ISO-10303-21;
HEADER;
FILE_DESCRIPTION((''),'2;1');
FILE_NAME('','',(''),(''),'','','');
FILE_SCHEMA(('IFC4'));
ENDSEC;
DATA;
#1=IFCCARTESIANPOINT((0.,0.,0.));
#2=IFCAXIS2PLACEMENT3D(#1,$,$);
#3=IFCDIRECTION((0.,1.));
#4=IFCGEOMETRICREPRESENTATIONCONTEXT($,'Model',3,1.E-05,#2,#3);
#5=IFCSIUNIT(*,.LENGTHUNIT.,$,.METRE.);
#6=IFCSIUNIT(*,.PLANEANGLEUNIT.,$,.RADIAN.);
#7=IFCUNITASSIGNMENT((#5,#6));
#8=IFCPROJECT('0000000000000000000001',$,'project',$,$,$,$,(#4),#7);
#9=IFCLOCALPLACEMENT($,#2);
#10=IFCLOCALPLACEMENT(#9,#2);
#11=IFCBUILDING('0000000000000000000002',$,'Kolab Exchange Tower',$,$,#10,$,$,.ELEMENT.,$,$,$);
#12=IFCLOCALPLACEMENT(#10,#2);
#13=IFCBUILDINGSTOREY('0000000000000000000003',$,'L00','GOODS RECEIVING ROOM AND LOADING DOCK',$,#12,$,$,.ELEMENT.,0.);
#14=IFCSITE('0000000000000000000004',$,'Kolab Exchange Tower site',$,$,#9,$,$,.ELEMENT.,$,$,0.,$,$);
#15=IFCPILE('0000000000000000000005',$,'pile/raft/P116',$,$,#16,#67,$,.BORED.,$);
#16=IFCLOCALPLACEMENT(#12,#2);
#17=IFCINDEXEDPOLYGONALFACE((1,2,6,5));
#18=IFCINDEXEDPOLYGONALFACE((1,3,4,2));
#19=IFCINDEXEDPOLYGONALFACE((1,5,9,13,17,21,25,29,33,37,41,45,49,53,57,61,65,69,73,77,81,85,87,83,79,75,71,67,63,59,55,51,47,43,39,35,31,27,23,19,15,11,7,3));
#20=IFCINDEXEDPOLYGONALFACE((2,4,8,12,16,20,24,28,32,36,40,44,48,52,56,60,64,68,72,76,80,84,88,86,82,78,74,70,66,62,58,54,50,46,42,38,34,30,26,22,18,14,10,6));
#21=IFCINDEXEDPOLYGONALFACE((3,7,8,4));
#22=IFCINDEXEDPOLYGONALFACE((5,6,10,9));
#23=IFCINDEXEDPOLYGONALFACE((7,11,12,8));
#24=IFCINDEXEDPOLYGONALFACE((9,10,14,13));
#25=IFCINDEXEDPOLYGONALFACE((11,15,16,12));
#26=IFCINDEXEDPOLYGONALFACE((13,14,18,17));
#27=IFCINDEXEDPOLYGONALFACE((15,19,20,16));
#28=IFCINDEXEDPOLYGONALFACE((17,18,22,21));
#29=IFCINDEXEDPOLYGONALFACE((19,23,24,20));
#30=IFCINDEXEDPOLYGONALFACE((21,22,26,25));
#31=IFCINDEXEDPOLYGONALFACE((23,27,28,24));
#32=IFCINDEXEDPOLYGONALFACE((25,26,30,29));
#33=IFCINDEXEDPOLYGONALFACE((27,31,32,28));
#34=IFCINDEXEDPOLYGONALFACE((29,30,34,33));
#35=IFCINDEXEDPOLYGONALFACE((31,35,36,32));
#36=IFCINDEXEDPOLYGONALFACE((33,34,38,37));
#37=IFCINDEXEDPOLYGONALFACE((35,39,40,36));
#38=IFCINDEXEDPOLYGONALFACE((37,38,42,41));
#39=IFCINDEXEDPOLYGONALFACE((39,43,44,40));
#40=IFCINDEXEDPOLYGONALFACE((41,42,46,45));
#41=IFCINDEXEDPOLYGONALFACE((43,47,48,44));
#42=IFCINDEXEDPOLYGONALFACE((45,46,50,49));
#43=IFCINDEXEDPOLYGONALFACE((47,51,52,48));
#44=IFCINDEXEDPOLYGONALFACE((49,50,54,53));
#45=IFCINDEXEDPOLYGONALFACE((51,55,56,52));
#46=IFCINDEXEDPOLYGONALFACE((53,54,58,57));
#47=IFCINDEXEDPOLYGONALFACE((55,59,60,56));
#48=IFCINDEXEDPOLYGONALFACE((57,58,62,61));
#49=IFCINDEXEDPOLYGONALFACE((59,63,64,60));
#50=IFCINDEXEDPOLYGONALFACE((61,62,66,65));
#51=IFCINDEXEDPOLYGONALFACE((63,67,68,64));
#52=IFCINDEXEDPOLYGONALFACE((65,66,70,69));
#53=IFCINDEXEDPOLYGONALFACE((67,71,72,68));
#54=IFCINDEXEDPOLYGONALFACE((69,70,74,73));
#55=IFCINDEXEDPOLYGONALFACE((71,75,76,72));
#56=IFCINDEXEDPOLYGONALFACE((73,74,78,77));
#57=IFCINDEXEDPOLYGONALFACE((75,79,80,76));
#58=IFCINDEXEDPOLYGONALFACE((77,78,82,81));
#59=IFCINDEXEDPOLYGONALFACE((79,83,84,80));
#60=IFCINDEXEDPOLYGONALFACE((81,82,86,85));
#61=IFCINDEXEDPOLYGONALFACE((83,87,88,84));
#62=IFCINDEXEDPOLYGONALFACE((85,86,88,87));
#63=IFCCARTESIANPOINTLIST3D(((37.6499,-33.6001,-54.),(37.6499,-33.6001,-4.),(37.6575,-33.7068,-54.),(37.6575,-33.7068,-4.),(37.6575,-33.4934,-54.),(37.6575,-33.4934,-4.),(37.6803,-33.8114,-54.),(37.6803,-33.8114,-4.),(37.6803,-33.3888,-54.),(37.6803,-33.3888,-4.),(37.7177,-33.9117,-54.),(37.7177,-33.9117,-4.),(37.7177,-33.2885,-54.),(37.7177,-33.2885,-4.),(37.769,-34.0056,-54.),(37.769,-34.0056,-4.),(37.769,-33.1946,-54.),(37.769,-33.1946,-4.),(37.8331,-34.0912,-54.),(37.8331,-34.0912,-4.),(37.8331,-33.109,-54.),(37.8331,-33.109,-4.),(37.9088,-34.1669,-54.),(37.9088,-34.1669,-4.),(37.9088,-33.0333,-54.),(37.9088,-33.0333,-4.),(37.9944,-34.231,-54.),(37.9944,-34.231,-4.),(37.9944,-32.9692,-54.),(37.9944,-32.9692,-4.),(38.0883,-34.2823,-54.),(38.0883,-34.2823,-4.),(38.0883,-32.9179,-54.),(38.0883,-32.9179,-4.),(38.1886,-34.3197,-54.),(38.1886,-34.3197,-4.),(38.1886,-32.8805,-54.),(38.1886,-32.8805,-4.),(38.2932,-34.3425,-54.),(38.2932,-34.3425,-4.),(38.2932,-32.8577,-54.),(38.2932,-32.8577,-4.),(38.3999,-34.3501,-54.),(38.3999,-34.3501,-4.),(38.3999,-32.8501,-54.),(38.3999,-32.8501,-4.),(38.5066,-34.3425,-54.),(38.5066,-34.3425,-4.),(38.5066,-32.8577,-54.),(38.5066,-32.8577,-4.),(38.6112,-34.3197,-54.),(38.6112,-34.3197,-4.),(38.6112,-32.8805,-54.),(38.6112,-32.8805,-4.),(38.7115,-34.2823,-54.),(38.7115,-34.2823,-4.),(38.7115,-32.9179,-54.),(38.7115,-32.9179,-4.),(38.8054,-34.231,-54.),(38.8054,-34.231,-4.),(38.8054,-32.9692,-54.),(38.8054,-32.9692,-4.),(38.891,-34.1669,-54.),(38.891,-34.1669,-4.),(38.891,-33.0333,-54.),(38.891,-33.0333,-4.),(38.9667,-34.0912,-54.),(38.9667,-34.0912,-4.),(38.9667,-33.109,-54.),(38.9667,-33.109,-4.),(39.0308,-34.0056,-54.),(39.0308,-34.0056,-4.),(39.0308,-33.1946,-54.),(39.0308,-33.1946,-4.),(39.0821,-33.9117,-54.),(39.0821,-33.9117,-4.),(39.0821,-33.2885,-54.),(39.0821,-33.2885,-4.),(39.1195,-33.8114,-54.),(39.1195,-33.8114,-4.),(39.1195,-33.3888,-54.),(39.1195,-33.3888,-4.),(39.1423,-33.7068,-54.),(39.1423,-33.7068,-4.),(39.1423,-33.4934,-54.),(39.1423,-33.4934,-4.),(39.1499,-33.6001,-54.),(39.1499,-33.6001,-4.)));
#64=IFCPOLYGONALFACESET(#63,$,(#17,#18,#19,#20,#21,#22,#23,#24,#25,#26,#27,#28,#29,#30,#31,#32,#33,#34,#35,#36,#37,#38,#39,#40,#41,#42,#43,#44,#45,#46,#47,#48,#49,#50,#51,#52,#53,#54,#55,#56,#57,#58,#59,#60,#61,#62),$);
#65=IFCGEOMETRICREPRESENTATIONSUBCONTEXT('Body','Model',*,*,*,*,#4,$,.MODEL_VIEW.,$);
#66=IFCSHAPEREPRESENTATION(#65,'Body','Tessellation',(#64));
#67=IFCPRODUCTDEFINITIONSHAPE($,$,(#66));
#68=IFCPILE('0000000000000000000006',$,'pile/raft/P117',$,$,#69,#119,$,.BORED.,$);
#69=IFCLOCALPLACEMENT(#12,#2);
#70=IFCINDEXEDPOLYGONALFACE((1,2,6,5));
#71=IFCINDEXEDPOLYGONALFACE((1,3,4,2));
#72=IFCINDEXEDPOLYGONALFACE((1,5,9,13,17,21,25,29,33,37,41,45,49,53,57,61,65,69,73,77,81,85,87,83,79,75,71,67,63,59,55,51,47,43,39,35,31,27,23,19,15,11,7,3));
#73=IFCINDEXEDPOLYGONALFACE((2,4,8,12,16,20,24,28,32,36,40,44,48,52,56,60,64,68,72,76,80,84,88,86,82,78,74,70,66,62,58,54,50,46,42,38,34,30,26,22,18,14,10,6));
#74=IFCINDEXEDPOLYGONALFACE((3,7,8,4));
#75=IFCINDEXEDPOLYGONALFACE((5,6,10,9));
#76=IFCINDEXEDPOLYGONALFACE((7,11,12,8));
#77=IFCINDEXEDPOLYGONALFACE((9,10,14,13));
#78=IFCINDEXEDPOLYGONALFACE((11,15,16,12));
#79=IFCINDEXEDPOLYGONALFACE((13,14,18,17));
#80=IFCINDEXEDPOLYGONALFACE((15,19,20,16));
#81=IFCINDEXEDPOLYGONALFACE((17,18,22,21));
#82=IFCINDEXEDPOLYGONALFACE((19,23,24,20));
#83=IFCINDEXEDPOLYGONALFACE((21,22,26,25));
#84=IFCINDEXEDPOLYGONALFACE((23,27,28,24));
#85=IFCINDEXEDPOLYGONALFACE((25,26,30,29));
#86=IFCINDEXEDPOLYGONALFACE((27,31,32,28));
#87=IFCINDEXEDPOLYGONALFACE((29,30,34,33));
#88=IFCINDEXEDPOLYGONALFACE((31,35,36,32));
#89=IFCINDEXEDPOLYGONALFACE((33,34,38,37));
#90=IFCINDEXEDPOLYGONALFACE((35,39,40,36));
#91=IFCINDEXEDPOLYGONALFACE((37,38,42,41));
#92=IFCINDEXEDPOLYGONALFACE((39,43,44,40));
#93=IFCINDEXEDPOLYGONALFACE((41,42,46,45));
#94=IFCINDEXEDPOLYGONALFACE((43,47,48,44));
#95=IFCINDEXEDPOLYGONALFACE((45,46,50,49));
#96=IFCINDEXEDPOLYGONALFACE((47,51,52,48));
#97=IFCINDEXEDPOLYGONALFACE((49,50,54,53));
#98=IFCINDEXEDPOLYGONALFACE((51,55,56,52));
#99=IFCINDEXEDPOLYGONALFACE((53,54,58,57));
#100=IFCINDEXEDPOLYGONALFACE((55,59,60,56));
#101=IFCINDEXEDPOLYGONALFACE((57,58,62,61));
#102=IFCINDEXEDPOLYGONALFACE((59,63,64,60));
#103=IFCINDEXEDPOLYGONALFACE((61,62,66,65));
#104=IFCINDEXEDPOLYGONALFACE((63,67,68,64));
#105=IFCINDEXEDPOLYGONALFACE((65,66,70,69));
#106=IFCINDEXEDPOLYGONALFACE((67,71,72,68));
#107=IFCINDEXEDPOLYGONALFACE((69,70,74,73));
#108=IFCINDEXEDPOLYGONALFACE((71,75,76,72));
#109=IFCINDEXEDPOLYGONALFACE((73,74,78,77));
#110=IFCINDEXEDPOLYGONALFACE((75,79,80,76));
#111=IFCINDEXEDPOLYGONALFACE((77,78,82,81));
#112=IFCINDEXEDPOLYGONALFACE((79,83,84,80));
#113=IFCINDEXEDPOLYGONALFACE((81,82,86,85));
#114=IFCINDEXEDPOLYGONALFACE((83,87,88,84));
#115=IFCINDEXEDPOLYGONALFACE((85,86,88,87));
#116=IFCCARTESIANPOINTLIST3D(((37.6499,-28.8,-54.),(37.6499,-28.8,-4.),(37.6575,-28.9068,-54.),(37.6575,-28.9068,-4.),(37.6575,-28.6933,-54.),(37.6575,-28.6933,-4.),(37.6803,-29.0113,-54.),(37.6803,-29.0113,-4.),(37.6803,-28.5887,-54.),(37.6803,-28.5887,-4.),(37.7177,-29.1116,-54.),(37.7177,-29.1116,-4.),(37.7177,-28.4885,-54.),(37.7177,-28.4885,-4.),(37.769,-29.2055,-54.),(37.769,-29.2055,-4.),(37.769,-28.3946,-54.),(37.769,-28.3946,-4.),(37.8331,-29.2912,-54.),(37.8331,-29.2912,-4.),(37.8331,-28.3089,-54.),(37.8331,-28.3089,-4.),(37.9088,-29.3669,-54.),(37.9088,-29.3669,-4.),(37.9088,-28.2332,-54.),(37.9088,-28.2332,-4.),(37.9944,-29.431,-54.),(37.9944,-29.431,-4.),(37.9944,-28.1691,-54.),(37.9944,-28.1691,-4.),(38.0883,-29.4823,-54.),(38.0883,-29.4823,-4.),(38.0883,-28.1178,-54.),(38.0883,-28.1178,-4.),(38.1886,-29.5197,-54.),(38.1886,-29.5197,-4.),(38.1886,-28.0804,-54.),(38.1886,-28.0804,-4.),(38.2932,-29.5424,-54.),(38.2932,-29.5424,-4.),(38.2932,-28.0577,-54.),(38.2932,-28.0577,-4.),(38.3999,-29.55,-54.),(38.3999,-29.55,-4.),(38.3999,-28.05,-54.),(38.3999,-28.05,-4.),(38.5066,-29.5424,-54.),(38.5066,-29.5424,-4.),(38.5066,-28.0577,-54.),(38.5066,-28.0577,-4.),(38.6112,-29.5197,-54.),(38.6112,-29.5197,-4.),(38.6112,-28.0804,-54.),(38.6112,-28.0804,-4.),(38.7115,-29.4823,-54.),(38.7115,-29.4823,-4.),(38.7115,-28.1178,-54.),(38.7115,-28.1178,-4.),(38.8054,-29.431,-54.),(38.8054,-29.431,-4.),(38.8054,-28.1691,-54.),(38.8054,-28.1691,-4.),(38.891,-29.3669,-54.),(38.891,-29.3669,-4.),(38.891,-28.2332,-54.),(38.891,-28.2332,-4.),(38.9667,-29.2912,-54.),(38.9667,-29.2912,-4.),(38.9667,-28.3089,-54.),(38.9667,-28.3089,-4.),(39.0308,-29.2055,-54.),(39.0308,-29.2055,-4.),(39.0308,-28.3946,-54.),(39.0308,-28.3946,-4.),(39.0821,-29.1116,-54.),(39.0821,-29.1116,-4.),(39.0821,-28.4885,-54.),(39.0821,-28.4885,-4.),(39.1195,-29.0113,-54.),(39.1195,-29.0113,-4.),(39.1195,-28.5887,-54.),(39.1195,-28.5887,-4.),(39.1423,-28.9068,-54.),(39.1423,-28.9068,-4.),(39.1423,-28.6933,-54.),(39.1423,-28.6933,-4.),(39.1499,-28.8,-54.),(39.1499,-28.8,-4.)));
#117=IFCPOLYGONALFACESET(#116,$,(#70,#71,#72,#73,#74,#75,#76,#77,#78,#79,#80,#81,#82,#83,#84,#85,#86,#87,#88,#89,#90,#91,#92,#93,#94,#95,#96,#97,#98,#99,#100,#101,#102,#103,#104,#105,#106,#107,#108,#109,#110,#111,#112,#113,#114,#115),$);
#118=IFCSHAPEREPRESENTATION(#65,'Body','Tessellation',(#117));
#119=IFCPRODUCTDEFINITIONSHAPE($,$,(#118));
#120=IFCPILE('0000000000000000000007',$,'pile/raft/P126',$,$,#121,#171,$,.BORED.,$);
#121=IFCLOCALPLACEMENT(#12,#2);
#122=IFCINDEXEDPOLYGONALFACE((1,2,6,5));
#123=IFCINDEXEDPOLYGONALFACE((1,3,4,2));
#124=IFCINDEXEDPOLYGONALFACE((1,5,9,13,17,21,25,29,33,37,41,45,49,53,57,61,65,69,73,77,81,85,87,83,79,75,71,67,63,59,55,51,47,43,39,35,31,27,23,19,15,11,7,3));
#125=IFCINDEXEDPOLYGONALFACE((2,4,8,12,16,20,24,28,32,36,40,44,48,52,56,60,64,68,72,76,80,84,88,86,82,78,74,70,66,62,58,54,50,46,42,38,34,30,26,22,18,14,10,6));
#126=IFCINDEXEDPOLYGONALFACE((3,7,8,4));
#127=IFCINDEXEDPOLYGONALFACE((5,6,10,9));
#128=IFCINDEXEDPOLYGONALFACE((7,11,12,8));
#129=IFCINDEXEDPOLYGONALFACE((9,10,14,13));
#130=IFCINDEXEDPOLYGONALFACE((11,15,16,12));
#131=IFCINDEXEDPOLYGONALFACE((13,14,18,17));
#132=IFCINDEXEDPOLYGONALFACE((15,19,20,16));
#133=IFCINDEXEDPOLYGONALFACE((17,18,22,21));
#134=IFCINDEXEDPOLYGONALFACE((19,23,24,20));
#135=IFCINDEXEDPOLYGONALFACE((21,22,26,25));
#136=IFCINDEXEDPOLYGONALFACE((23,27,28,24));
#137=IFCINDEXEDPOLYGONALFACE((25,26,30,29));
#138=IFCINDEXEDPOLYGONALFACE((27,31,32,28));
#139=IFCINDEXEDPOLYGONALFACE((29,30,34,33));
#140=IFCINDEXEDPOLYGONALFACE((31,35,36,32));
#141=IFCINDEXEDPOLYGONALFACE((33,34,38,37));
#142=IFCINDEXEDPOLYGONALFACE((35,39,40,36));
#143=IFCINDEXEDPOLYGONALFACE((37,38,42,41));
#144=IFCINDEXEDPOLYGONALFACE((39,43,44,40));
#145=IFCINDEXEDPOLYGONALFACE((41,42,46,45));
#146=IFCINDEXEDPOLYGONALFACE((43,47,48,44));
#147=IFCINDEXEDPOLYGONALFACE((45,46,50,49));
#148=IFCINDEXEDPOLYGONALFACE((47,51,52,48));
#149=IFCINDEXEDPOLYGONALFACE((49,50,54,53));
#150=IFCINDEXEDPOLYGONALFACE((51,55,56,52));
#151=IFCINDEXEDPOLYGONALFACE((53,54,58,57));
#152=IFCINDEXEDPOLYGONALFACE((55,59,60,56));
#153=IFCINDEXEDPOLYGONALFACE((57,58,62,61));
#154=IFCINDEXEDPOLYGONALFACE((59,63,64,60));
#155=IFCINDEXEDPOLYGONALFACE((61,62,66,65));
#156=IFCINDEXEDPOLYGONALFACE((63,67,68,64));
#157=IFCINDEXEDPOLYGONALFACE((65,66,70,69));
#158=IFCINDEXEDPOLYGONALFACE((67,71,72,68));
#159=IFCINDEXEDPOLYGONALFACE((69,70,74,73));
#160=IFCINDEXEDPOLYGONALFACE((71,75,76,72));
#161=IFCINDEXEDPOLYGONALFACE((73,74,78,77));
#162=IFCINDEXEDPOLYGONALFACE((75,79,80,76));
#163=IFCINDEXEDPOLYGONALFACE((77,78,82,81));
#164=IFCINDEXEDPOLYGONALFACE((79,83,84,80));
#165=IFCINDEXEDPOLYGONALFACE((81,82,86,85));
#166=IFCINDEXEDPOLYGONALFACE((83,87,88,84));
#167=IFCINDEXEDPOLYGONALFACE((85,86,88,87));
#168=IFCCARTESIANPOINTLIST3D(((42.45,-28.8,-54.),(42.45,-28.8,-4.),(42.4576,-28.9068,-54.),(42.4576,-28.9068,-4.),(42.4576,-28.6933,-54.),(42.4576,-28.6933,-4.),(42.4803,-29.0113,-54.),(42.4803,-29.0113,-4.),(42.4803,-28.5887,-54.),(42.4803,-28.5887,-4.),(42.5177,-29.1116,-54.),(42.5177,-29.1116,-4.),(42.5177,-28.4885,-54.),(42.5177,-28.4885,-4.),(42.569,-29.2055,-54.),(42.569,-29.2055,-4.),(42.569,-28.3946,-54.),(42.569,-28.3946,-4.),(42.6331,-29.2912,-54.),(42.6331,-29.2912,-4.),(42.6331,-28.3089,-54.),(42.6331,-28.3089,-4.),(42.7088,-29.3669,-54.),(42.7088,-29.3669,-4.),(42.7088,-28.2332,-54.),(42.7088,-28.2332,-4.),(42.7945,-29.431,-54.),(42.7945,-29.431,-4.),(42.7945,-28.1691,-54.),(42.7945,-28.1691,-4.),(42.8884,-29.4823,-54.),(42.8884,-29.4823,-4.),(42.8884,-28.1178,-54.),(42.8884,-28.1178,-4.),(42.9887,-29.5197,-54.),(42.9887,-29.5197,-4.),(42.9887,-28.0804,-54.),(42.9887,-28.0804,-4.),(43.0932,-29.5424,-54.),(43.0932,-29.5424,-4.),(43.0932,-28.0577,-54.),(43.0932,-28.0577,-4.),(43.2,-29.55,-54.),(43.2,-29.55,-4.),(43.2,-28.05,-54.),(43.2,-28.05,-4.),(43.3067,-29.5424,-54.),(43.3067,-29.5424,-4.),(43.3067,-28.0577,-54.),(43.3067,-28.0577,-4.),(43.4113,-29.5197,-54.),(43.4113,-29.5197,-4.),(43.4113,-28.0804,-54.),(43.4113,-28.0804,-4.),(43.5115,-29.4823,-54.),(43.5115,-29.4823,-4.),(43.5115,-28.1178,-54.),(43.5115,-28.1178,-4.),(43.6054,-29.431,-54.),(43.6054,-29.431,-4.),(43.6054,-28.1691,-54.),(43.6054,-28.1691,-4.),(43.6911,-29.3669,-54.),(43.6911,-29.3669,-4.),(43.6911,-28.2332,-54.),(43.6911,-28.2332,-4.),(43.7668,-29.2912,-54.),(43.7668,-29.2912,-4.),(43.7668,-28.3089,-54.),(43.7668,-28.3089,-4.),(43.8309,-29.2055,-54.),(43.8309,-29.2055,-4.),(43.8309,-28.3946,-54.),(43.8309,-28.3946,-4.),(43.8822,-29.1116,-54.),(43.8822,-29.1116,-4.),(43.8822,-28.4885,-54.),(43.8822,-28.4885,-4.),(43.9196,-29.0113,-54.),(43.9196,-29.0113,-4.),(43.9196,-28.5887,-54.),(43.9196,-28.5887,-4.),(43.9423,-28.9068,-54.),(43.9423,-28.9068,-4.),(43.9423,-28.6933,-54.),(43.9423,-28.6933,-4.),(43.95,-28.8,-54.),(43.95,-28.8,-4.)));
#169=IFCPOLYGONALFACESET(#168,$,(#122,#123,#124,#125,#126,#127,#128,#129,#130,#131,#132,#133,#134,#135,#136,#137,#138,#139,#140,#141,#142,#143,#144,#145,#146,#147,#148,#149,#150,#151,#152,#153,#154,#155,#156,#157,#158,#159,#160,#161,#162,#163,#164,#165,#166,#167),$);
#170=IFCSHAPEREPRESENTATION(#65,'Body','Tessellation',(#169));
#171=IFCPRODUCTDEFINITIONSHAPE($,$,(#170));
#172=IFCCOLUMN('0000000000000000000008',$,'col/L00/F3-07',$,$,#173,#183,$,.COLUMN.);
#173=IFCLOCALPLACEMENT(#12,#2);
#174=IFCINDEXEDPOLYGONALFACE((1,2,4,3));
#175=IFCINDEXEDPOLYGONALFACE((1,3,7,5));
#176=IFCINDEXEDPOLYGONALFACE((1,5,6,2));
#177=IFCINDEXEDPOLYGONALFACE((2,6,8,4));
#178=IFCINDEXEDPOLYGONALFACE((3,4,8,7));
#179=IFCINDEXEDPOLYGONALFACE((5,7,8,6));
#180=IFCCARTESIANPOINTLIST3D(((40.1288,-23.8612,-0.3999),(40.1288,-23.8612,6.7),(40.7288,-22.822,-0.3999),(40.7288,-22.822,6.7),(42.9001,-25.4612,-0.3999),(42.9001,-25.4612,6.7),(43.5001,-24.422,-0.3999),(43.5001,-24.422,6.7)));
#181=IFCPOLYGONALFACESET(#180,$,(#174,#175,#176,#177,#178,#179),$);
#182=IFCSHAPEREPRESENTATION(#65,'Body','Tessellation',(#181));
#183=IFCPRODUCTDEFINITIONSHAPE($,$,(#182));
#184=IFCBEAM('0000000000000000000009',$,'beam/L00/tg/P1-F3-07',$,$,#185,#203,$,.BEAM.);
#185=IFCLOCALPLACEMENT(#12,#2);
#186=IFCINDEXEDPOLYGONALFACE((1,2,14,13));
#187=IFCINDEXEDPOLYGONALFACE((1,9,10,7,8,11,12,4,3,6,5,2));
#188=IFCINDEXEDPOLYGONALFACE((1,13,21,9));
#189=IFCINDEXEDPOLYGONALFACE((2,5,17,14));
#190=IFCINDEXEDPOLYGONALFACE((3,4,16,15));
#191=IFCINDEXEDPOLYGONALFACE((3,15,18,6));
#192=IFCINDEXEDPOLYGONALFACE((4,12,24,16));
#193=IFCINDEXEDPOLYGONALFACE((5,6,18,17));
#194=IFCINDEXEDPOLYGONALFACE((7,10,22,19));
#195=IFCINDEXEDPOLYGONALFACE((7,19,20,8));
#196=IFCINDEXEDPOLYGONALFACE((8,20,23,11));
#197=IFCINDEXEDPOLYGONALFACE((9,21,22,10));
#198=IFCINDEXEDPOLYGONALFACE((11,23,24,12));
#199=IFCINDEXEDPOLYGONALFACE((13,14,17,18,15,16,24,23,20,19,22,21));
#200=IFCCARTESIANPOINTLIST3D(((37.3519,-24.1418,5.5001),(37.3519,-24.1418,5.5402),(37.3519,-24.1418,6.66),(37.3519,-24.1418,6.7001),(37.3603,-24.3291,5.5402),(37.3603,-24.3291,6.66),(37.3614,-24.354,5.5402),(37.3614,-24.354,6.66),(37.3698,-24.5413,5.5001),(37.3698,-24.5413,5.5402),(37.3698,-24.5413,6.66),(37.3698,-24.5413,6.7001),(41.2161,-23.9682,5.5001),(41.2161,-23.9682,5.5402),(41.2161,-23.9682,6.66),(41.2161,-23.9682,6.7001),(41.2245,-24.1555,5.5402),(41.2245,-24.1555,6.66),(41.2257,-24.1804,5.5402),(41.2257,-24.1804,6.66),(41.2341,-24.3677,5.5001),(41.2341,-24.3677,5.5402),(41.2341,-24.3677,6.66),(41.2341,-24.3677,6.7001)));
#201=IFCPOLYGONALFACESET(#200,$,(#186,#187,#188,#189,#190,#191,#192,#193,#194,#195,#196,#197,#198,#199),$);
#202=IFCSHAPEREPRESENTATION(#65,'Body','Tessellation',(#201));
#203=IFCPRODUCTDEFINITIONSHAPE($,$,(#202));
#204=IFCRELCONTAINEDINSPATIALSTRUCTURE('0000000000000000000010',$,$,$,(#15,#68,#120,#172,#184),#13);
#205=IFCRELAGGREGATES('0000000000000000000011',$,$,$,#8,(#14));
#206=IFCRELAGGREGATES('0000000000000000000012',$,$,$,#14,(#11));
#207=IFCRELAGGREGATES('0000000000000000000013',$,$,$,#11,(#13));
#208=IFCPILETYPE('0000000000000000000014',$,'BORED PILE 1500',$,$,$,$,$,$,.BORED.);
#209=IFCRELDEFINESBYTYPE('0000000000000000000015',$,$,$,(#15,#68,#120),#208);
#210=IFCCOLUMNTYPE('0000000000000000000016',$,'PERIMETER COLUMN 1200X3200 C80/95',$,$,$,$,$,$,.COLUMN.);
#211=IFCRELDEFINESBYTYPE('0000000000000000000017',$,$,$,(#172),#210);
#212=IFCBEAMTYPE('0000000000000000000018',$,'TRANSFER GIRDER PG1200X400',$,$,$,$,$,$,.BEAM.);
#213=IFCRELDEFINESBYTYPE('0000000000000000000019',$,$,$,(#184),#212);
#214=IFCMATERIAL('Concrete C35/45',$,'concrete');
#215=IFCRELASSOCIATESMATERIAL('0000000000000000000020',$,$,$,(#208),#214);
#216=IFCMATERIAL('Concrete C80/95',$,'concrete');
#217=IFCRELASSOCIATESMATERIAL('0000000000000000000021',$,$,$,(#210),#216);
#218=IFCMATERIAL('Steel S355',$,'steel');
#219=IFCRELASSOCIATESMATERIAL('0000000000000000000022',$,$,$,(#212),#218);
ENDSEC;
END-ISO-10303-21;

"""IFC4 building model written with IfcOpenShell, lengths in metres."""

from ifc_helpers import new_model, si_unit, direction, frame, origin, origin_2d, place, context, subcontext, project, spatial, rectangle, circle, i_section, extrude, material, material_profile, profile_set, type_object, element, save


model = new_model("IFC4")

# Units and contexts
model_context = context("Model", 3, precision=1e-05, world=origin(), true_north=direction((0.0, 1.0)))
body_context = subcontext(model_context, "Body", "Model", "MODEL_VIEW")
ifc_project = project(units=[si_unit("LENGTHUNIT", "METRE"), si_unit("PLANEANGLEUNIT", "RADIAN")], contexts=[model_context])

# Site, building, storey
site_placement = place(None, origin())
site = spatial("IfcSite", under=ifc_project, at=site_placement, Name="Kolab Exchange Tower site", CompositionType="ELEMENT", RefElevation=0.0)
building_placement = place(site_placement, origin())
building = spatial("IfcBuilding", under=site, at=building_placement, Name="Kolab Exchange Tower", CompositionType="ELEMENT")
storey_placement = place(building_placement, origin())
storey = spatial("IfcBuildingStorey", under=building, at=storey_placement, Name="L00", Description="GOODS RECEIVING ROOM AND LOADING DOCK", CompositionType="ELEMENT", Elevation=0.0)

# Piles
ifc_material_1 = material(Name="Concrete C35/45", Category="concrete")
ifc_material_profile_1 = material_profile(ifc_material_1, circle(Radius=0.75, at=origin_2d()), Name="BP1500")
ifc_profile_set_1 = profile_set([ifc_material_profile_1], Name="Concrete C35/45")
pile_type = type_object("IfcPileType", Name="BORED PILE 1500", PredefinedType="BORED", material=ifc_profile_set_1)
for number, where, z_axis, x_axis, name in (
    (1, (38.3999, -33.6001, -4.0), (0.0, 0.0, -1.0), (1.0, 0.0, 0.0), "pile/raft/P116"),
    (2, (38.3999, -28.8, -4.0), (0.0, 0.0, -1.0), (1.0, 0.0, 0.0), "pile/raft/P117"),
    (3, (43.2, -28.8, -4.0), (0.0, 0.0, -1.0), (1.0, 0.0, 0.0), "pile/raft/P126"),
):
    element("IfcPile", number, at=place(storey_placement, frame(where, z_axis=z_axis, x_axis=x_axis)), inside=storey, type_object=pile_type, Name=name, PredefinedType="BORED", context=body_context, shape_type="SweptSolid", body=[
        extrude(circle(Radius=0.75, at=origin_2d()), origin(), (0.0, 0.0, 1.0), 50.0),
    ])

# Column
ifc_material_2 = material(Name="Concrete C80/95", Category="concrete")
ifc_material_profile_2 = material_profile(ifc_material_2, rectangle(XDim=1.2, YDim=3.2, at=origin_2d()), Name="RC1200X3200")
ifc_profile_set_2 = profile_set([ifc_material_profile_2], Name="Concrete C80/95")
column_type = type_object("IfcColumnType", Name="PERIMETER COLUMN 1200X3200 C80/95", PredefinedType="COLUMN", material=ifc_profile_set_2)
column_placement = place(storey_placement, frame((41.8145, -24.1416, -0.3999), z_axis=(0.0, 0.0, 1.0), x_axis=(0.5, 0.866025, 0.0)))
element("IfcColumn", 4, at=column_placement, inside=storey, type_object=column_type, Name="col/L00/F3-07", PredefinedType="COLUMN", context=body_context, shape_type="SweptSolid", body=[
    extrude(rectangle(XDim=1.2, YDim=3.2, at=origin_2d()), origin(), (0.0, 0.0, 1.0), 7.0999),
])

# Beam
ifc_material_3 = material(Name="Steel S355", Category="steel")
ifc_material_profile_3 = material_profile(ifc_material_3, i_section(OverallWidth=0.3999, OverallDepth=1.2, WebThickness=0.0249, FlangeThickness=0.04, at=origin_2d()), Name="PG1200X400")
ifc_profile_set_3 = profile_set([ifc_material_profile_3], Name="Steel S355")
beam_type = type_object("IfcBeamType", Name="TRANSFER GIRDER PG1200X400", PredefinedType="BEAM", material=ifc_profile_set_3)
beam_1_placement = place(storey_placement, frame((37.3608, -24.3416, 6.1001), z_axis=(0.998993, 0.044875, 0.0), x_axis=(-0.044875, 0.998993, 0.0)))
element("IfcBeam", 5, at=beam_1_placement, inside=storey, type_object=beam_type, Name="beam/L00/tg/P1-F3-07", PredefinedType="BEAM", context=body_context, shape_type="SweptSolid", body=[
    extrude(i_section(OverallWidth=0.3999, OverallDepth=1.2, WebThickness=0.0249, FlangeThickness=0.04, at=origin_2d()), origin(), (0.0, 0.0, 1.0), 3.8682),
])

save(model, "model.ifc")
